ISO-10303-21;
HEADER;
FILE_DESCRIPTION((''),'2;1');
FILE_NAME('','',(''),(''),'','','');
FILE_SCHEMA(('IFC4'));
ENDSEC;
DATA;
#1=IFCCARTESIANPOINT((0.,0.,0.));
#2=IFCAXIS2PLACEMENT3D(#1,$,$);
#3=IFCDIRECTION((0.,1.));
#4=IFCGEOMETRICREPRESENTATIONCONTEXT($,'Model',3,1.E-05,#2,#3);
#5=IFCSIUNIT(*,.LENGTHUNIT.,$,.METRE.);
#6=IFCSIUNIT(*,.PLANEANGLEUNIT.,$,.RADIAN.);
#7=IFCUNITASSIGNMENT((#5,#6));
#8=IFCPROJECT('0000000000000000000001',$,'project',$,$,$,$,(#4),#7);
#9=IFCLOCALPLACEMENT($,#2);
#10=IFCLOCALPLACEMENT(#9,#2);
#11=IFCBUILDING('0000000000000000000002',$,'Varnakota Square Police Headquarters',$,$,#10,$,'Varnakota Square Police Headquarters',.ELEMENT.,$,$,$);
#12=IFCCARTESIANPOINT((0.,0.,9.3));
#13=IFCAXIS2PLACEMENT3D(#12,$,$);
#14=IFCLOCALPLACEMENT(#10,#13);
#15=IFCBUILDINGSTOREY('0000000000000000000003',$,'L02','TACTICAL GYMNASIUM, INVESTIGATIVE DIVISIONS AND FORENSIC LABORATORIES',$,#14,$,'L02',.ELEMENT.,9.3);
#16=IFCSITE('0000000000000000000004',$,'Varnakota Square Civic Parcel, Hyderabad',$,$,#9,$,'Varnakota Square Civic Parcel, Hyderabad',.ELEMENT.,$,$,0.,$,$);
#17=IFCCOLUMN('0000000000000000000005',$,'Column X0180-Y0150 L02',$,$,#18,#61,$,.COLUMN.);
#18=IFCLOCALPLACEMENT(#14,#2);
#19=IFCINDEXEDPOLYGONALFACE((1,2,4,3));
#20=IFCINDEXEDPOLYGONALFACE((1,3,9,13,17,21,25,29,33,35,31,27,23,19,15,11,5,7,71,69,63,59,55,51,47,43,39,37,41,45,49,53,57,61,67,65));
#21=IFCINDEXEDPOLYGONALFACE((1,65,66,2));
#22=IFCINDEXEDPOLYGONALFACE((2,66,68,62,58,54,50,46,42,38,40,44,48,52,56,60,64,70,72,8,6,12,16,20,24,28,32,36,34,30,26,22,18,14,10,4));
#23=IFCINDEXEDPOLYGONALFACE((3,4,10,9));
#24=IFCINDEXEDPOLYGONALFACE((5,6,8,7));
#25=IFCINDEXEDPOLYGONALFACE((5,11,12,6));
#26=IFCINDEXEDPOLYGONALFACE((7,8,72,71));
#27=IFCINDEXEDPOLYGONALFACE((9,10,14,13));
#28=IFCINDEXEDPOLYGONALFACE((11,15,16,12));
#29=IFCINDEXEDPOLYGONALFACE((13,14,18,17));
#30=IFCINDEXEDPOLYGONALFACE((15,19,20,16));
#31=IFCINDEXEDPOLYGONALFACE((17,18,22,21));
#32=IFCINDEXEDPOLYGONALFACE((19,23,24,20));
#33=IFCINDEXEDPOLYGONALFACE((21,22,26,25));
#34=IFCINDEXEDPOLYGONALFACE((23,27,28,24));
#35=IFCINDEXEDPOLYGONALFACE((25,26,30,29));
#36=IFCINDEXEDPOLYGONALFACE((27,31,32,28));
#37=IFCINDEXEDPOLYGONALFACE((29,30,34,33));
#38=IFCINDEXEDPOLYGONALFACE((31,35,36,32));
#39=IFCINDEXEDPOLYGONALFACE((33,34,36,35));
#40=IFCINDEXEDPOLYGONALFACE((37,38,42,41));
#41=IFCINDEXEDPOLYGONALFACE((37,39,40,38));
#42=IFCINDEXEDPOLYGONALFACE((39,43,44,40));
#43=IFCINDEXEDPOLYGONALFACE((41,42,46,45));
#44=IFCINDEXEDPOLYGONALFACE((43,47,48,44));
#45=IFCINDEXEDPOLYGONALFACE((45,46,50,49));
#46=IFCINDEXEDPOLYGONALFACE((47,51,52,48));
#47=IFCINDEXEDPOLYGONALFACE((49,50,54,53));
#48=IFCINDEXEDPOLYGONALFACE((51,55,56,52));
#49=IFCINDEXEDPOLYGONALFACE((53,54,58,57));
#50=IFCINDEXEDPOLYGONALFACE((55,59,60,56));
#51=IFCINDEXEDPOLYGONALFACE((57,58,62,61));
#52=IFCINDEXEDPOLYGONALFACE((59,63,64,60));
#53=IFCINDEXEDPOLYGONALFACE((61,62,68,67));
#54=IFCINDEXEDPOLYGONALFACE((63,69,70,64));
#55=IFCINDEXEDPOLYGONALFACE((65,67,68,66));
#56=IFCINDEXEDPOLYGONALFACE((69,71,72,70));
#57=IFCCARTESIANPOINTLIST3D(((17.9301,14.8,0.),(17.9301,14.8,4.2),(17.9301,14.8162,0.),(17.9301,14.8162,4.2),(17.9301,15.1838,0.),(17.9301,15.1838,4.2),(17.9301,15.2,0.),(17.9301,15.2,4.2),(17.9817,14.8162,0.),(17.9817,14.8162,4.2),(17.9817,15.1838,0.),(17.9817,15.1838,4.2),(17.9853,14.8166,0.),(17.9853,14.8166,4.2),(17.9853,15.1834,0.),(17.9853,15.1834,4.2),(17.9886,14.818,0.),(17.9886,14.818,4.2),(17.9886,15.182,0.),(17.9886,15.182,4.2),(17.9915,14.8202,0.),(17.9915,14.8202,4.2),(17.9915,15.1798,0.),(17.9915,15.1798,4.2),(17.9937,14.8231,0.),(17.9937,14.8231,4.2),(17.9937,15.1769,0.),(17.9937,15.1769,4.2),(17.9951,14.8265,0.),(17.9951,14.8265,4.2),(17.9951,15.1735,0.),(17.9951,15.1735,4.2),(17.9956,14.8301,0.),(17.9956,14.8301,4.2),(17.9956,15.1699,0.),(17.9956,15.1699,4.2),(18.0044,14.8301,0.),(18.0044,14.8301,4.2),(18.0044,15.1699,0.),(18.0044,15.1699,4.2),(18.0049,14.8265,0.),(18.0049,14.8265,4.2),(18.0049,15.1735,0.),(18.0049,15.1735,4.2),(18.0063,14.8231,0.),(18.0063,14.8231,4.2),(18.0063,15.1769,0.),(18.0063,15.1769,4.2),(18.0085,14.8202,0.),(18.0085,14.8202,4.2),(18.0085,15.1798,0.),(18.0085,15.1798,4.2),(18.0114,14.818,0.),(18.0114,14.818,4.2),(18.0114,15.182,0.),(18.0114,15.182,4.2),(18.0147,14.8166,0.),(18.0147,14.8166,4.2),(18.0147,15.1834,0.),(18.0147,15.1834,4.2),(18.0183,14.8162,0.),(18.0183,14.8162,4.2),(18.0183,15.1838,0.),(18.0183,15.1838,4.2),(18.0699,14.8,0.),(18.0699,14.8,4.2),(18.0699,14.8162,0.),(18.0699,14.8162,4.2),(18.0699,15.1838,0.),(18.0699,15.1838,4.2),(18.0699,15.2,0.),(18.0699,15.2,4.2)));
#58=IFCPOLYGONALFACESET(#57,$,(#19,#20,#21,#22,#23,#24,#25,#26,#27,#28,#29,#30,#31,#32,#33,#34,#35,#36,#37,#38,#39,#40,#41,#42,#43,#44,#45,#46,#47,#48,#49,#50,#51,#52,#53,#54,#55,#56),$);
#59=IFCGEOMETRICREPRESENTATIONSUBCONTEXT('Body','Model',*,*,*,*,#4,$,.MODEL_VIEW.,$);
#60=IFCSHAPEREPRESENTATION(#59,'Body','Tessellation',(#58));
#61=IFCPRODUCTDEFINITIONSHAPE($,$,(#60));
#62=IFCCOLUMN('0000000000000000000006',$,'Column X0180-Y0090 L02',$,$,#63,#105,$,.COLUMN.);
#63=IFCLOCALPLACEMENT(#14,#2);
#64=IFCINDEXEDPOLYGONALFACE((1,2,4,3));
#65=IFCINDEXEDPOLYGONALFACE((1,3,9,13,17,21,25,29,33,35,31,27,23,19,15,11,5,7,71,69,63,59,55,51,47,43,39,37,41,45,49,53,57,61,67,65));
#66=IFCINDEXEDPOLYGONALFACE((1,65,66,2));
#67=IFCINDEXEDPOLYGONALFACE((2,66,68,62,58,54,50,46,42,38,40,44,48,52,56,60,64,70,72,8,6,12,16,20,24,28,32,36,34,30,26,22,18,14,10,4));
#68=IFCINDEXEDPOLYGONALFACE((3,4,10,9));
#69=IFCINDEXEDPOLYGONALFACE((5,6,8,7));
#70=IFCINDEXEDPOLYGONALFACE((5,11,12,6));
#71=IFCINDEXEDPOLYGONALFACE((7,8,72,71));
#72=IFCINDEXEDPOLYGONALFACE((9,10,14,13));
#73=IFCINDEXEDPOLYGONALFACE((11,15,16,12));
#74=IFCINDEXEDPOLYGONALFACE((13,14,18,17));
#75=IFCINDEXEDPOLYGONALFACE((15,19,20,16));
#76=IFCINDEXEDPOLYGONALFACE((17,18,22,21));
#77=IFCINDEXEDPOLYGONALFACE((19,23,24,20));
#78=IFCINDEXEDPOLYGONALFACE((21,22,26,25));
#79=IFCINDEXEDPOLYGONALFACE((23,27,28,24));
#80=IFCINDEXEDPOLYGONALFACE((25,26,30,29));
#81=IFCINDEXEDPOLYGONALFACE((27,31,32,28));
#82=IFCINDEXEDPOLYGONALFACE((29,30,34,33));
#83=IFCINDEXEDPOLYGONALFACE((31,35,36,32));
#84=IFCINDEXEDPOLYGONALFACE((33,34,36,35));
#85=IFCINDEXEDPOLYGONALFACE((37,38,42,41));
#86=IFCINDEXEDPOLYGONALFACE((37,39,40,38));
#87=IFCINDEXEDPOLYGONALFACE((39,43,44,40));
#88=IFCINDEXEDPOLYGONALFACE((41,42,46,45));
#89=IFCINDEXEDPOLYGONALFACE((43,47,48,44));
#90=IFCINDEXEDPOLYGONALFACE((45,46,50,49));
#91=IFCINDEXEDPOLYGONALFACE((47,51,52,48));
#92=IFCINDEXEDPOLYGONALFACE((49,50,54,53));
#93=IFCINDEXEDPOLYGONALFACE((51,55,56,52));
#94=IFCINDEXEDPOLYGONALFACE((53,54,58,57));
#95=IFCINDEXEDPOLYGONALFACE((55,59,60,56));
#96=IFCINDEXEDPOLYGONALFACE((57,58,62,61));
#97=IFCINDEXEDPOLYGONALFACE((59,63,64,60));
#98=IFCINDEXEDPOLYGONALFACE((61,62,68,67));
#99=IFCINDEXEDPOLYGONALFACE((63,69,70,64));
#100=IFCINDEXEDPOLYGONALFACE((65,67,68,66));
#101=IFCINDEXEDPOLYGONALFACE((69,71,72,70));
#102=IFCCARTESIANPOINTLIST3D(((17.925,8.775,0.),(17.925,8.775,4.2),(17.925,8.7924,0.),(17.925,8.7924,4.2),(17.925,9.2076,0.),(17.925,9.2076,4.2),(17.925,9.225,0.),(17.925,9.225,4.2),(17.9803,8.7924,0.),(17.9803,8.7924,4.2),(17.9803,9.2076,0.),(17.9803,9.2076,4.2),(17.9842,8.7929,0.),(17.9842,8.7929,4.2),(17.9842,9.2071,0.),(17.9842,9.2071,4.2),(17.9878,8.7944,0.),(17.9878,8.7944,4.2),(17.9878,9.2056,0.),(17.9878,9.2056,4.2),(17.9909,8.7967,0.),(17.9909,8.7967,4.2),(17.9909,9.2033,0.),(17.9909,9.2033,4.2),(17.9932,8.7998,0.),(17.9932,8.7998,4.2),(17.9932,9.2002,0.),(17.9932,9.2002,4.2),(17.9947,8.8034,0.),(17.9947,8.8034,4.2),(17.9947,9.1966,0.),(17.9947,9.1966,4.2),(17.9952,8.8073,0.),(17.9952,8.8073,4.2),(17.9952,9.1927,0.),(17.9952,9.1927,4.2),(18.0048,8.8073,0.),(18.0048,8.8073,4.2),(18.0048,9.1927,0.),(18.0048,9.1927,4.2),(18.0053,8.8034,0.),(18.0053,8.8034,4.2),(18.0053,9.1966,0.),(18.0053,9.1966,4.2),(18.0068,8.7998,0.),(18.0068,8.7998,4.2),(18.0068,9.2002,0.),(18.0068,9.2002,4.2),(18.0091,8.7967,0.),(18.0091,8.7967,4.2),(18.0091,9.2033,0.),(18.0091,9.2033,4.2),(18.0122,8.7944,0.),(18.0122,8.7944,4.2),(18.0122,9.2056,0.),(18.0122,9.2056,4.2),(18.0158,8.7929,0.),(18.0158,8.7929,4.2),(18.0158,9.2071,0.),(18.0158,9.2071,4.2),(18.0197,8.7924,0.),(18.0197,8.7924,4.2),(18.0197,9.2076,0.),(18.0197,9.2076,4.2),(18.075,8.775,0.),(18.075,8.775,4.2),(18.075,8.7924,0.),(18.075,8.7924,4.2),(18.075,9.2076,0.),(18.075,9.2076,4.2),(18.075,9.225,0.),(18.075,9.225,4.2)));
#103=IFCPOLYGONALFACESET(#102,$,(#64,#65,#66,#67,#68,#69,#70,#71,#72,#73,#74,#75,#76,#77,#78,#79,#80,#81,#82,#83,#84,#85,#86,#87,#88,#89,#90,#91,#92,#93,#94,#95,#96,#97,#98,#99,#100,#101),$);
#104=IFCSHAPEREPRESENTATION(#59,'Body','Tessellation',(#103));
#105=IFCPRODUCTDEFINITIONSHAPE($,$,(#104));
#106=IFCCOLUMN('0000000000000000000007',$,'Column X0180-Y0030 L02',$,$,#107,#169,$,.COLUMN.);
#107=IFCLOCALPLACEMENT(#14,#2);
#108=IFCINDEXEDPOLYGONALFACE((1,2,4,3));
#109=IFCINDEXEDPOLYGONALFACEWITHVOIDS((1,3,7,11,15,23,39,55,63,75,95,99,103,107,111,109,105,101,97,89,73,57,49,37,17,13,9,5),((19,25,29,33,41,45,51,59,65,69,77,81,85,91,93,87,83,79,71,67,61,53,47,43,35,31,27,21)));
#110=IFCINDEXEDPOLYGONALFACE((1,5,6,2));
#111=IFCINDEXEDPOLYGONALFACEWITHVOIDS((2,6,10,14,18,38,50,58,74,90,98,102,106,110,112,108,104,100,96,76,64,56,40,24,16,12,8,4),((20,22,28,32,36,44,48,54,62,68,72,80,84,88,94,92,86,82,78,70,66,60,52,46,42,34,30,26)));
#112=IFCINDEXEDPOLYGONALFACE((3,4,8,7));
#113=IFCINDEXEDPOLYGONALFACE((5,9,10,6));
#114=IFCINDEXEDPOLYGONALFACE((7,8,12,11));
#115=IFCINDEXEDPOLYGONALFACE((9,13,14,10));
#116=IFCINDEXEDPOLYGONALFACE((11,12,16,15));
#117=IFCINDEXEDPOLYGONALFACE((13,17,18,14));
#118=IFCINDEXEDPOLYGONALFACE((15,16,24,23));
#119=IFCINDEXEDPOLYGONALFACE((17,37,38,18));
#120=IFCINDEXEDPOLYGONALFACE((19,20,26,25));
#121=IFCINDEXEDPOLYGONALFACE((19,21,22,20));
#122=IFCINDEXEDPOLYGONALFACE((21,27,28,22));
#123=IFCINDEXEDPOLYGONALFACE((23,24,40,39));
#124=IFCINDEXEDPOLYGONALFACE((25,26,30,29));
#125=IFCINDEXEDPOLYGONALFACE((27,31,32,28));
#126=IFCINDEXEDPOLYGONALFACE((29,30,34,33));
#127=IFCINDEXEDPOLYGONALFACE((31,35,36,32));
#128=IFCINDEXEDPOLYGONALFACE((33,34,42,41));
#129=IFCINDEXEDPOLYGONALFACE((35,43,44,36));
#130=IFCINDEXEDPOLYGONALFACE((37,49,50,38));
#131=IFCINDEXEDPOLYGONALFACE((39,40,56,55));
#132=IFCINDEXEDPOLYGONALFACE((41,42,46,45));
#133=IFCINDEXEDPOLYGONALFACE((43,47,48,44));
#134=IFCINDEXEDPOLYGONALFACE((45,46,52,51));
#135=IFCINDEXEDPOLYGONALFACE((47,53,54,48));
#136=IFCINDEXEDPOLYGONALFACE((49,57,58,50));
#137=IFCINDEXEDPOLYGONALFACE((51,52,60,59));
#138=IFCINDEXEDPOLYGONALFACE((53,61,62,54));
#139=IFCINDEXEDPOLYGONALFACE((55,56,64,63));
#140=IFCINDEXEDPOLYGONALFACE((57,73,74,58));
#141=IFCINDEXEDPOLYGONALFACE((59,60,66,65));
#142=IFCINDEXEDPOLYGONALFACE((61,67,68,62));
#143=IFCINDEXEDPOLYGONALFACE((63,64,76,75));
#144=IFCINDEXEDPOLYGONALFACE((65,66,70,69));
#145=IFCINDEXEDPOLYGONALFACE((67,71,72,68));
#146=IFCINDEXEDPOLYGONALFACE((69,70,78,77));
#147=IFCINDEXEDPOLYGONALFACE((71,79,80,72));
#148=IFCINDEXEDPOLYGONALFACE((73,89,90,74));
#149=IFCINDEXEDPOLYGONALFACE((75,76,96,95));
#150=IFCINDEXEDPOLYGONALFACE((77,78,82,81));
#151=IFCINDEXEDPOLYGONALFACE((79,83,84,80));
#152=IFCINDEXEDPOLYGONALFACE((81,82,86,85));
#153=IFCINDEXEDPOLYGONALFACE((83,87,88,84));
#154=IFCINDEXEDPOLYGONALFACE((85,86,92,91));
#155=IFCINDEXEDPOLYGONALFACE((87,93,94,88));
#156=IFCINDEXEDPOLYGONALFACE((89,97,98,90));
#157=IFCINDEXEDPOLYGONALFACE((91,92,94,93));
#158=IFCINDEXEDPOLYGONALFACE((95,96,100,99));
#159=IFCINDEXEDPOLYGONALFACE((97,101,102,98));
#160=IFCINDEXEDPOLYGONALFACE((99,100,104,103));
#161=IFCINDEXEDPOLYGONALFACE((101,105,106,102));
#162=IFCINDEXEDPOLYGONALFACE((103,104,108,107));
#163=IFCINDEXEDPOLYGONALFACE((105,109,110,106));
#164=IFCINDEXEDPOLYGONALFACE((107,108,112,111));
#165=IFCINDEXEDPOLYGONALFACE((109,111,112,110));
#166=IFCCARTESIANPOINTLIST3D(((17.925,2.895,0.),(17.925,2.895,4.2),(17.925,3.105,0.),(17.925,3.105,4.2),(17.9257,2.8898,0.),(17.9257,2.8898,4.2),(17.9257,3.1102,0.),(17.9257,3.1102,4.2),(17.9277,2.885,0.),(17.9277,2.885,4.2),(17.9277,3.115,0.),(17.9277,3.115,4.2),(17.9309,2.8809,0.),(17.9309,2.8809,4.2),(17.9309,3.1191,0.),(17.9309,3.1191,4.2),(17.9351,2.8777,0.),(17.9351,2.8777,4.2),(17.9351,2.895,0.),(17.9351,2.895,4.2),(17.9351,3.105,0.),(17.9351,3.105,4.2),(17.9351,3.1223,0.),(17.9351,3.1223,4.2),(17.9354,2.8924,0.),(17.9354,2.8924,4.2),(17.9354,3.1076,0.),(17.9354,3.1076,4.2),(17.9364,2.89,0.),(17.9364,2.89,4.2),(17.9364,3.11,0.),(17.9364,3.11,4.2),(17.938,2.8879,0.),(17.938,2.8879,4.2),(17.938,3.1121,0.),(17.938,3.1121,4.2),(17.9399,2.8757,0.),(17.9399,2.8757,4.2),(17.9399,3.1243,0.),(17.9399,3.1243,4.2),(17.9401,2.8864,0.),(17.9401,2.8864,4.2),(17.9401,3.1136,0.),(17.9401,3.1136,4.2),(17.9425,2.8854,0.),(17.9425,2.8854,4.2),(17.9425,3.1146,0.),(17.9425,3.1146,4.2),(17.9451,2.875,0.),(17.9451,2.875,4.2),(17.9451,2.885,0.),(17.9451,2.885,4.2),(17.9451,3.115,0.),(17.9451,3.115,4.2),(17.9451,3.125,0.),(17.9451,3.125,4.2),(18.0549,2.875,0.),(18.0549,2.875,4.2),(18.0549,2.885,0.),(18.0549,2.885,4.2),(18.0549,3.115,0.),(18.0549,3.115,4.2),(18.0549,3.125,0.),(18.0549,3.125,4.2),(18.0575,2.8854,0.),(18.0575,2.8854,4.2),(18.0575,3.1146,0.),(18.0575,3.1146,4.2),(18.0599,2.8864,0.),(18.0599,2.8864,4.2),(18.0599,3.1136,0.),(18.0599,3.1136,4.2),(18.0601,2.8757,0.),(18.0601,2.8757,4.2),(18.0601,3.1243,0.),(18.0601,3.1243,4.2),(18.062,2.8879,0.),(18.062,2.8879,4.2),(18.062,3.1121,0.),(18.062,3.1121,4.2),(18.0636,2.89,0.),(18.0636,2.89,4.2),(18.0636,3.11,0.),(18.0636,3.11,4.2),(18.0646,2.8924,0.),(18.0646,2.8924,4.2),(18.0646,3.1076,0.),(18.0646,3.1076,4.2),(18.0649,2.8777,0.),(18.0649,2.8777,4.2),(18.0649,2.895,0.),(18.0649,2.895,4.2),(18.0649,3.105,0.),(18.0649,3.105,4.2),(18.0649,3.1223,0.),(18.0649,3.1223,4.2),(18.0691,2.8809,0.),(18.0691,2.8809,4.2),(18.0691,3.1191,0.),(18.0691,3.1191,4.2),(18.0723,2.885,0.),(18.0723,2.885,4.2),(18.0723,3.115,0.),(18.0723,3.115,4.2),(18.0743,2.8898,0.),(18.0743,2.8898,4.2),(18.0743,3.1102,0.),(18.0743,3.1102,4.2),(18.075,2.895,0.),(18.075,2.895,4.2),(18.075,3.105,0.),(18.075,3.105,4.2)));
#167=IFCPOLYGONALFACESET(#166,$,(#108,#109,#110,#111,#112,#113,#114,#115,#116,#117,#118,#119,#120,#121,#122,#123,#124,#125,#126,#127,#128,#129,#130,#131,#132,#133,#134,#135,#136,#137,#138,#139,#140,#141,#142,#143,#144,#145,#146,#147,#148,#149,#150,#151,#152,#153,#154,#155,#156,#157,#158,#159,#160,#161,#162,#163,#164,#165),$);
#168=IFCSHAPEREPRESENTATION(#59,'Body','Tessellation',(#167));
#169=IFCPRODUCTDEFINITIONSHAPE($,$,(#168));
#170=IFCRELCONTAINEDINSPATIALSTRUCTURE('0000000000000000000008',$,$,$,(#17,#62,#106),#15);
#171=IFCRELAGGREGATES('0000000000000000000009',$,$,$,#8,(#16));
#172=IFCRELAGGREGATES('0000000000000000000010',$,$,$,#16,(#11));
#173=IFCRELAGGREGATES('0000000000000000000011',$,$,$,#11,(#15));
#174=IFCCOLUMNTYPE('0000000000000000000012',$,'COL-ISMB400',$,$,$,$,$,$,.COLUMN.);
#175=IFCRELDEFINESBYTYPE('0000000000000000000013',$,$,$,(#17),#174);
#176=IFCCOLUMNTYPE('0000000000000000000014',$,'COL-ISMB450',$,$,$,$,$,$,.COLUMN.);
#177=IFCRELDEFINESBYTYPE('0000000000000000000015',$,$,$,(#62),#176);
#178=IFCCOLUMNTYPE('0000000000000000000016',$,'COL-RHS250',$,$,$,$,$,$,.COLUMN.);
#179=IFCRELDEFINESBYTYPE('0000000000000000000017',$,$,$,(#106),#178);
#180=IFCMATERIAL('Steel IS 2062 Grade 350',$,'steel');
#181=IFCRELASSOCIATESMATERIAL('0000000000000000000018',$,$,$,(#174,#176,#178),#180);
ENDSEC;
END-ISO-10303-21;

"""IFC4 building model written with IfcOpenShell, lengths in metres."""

from ifc_helpers import new_model, si_unit, direction, frame, origin, origin_2d, place, context, subcontext, project, spatial, hollow_rectangle, i_section, extrude, material, material_profile, profile_set, type_object, element, save


model = new_model("IFC4")

# Units and contexts
model_context = context("Model", 3, precision=1e-05, world=origin(), true_north=direction((0.0, 1.0)))
body_context = subcontext(model_context, "Body", "Model", "MODEL_VIEW")
ifc_project = project(units=[si_unit("LENGTHUNIT", "METRE"), si_unit("PLANEANGLEUNIT", "RADIAN")], contexts=[model_context])

# Site, building, storey
site_placement = place(None, origin())
site = spatial("IfcSite", under=ifc_project, at=site_placement, Name="Varnakota Square Civic Parcel, Hyderabad", LongName="Varnakota Square Civic Parcel, Hyderabad", CompositionType="ELEMENT", RefElevation=0.0)
building_placement = place(site_placement, origin())
building = spatial("IfcBuilding", under=site, at=building_placement, Name="Varnakota Square Police Headquarters", LongName="Varnakota Square Police Headquarters", CompositionType="ELEMENT")
storey_placement = place(building_placement, frame((0.0, 0.0, 9.3)))
storey = spatial("IfcBuildingStorey", under=building, at=storey_placement, Name="L02", Description="TACTICAL GYMNASIUM, INVESTIGATIVE DIVISIONS AND FORENSIC LABORATORIES", LongName="L02", CompositionType="ELEMENT", Elevation=9.3)

# Columns
ifc_material_1 = material(Name="Steel IS 2062 Grade 350", Category="steel")
ifc_material_profile_1 = material_profile(ifc_material_1, i_section(OverallWidth=0.1399, OverallDepth=0.3999, WebThickness=0.0088, FlangeThickness=0.0161, FilletRadius=0.0139, at=origin_2d()), Name="ISMB 400")
ifc_profile_set_1 = profile_set([ifc_material_profile_1], Name="Steel IS 2062 Grade 350")
column_type_1 = type_object("IfcColumnType", Name="COL-ISMB400", PredefinedType="COLUMN", material=ifc_profile_set_1)
column_1_placement = place(storey_placement, frame((18.0, 15.0, 0.0), z_axis=(0.0, 0.0, 1.0), x_axis=(1.0, 0.0, 0.0)))
element("IfcColumn", 1, at=column_1_placement, inside=storey, type_object=column_type_1, Name="Column X0180-Y0150 L02", PredefinedType="COLUMN", context=body_context, shape_type="SweptSolid", body=[
    extrude(i_section(OverallWidth=0.1399, OverallDepth=0.3999, WebThickness=0.0088, FlangeThickness=0.0161, FilletRadius=0.0139, at=origin_2d()), origin(), (0.0, 0.0, 1.0), 4.2),
])
ifc_material_profile_2 = material_profile(ifc_material_1, i_section(OverallWidth=0.1499, OverallDepth=0.45, WebThickness=0.0095, FlangeThickness=0.0173, FilletRadius=0.0149, at=origin_2d()), Name="ISMB 450")
ifc_profile_set_2 = profile_set([ifc_material_profile_2], Name="Steel IS 2062 Grade 350")
column_type_2 = type_object("IfcColumnType", Name="COL-ISMB450", PredefinedType="COLUMN", material=ifc_profile_set_2)
column_2_placement = place(storey_placement, frame((18.0, 9.0, 0.0), z_axis=(0.0, 0.0, 1.0), x_axis=(1.0, 0.0, 0.0)))
element("IfcColumn", 2, at=column_2_placement, inside=storey, type_object=column_type_2, Name="Column X0180-Y0090 L02", PredefinedType="COLUMN", context=body_context, shape_type="SweptSolid", body=[
    extrude(i_section(OverallWidth=0.1499, OverallDepth=0.45, WebThickness=0.0095, FlangeThickness=0.0173, FilletRadius=0.0149, at=origin_2d()), origin(), (0.0, 0.0, 1.0), 4.2),
])
ifc_material_profile_3 = material_profile(ifc_material_1, hollow_rectangle(XDim=0.1499, YDim=0.25, WallThickness=0.01, InnerFilletRadius=0.01, OuterFilletRadius=0.02, at=origin_2d()), Name="RHS 250x150x10")
ifc_profile_set_3 = profile_set([ifc_material_profile_3], Name="Steel IS 2062 Grade 350")
column_type_3 = type_object("IfcColumnType", Name="COL-RHS250", PredefinedType="COLUMN", material=ifc_profile_set_3)
column_3_placement = place(storey_placement, frame((18.0, 3.0, 0.0), z_axis=(0.0, 0.0, 1.0), x_axis=(1.0, 0.0, 0.0)))
element("IfcColumn", 3, at=column_3_placement, inside=storey, type_object=column_type_3, Name="Column X0180-Y0030 L02", PredefinedType="COLUMN", context=body_context, shape_type="SweptSolid", body=[
    extrude(hollow_rectangle(XDim=0.1499, YDim=0.25, WallThickness=0.01, InnerFilletRadius=0.01, OuterFilletRadius=0.02, at=origin_2d()), origin(), (0.0, 0.0, 1.0), 4.2),
])

save(model, "model.ifc")
